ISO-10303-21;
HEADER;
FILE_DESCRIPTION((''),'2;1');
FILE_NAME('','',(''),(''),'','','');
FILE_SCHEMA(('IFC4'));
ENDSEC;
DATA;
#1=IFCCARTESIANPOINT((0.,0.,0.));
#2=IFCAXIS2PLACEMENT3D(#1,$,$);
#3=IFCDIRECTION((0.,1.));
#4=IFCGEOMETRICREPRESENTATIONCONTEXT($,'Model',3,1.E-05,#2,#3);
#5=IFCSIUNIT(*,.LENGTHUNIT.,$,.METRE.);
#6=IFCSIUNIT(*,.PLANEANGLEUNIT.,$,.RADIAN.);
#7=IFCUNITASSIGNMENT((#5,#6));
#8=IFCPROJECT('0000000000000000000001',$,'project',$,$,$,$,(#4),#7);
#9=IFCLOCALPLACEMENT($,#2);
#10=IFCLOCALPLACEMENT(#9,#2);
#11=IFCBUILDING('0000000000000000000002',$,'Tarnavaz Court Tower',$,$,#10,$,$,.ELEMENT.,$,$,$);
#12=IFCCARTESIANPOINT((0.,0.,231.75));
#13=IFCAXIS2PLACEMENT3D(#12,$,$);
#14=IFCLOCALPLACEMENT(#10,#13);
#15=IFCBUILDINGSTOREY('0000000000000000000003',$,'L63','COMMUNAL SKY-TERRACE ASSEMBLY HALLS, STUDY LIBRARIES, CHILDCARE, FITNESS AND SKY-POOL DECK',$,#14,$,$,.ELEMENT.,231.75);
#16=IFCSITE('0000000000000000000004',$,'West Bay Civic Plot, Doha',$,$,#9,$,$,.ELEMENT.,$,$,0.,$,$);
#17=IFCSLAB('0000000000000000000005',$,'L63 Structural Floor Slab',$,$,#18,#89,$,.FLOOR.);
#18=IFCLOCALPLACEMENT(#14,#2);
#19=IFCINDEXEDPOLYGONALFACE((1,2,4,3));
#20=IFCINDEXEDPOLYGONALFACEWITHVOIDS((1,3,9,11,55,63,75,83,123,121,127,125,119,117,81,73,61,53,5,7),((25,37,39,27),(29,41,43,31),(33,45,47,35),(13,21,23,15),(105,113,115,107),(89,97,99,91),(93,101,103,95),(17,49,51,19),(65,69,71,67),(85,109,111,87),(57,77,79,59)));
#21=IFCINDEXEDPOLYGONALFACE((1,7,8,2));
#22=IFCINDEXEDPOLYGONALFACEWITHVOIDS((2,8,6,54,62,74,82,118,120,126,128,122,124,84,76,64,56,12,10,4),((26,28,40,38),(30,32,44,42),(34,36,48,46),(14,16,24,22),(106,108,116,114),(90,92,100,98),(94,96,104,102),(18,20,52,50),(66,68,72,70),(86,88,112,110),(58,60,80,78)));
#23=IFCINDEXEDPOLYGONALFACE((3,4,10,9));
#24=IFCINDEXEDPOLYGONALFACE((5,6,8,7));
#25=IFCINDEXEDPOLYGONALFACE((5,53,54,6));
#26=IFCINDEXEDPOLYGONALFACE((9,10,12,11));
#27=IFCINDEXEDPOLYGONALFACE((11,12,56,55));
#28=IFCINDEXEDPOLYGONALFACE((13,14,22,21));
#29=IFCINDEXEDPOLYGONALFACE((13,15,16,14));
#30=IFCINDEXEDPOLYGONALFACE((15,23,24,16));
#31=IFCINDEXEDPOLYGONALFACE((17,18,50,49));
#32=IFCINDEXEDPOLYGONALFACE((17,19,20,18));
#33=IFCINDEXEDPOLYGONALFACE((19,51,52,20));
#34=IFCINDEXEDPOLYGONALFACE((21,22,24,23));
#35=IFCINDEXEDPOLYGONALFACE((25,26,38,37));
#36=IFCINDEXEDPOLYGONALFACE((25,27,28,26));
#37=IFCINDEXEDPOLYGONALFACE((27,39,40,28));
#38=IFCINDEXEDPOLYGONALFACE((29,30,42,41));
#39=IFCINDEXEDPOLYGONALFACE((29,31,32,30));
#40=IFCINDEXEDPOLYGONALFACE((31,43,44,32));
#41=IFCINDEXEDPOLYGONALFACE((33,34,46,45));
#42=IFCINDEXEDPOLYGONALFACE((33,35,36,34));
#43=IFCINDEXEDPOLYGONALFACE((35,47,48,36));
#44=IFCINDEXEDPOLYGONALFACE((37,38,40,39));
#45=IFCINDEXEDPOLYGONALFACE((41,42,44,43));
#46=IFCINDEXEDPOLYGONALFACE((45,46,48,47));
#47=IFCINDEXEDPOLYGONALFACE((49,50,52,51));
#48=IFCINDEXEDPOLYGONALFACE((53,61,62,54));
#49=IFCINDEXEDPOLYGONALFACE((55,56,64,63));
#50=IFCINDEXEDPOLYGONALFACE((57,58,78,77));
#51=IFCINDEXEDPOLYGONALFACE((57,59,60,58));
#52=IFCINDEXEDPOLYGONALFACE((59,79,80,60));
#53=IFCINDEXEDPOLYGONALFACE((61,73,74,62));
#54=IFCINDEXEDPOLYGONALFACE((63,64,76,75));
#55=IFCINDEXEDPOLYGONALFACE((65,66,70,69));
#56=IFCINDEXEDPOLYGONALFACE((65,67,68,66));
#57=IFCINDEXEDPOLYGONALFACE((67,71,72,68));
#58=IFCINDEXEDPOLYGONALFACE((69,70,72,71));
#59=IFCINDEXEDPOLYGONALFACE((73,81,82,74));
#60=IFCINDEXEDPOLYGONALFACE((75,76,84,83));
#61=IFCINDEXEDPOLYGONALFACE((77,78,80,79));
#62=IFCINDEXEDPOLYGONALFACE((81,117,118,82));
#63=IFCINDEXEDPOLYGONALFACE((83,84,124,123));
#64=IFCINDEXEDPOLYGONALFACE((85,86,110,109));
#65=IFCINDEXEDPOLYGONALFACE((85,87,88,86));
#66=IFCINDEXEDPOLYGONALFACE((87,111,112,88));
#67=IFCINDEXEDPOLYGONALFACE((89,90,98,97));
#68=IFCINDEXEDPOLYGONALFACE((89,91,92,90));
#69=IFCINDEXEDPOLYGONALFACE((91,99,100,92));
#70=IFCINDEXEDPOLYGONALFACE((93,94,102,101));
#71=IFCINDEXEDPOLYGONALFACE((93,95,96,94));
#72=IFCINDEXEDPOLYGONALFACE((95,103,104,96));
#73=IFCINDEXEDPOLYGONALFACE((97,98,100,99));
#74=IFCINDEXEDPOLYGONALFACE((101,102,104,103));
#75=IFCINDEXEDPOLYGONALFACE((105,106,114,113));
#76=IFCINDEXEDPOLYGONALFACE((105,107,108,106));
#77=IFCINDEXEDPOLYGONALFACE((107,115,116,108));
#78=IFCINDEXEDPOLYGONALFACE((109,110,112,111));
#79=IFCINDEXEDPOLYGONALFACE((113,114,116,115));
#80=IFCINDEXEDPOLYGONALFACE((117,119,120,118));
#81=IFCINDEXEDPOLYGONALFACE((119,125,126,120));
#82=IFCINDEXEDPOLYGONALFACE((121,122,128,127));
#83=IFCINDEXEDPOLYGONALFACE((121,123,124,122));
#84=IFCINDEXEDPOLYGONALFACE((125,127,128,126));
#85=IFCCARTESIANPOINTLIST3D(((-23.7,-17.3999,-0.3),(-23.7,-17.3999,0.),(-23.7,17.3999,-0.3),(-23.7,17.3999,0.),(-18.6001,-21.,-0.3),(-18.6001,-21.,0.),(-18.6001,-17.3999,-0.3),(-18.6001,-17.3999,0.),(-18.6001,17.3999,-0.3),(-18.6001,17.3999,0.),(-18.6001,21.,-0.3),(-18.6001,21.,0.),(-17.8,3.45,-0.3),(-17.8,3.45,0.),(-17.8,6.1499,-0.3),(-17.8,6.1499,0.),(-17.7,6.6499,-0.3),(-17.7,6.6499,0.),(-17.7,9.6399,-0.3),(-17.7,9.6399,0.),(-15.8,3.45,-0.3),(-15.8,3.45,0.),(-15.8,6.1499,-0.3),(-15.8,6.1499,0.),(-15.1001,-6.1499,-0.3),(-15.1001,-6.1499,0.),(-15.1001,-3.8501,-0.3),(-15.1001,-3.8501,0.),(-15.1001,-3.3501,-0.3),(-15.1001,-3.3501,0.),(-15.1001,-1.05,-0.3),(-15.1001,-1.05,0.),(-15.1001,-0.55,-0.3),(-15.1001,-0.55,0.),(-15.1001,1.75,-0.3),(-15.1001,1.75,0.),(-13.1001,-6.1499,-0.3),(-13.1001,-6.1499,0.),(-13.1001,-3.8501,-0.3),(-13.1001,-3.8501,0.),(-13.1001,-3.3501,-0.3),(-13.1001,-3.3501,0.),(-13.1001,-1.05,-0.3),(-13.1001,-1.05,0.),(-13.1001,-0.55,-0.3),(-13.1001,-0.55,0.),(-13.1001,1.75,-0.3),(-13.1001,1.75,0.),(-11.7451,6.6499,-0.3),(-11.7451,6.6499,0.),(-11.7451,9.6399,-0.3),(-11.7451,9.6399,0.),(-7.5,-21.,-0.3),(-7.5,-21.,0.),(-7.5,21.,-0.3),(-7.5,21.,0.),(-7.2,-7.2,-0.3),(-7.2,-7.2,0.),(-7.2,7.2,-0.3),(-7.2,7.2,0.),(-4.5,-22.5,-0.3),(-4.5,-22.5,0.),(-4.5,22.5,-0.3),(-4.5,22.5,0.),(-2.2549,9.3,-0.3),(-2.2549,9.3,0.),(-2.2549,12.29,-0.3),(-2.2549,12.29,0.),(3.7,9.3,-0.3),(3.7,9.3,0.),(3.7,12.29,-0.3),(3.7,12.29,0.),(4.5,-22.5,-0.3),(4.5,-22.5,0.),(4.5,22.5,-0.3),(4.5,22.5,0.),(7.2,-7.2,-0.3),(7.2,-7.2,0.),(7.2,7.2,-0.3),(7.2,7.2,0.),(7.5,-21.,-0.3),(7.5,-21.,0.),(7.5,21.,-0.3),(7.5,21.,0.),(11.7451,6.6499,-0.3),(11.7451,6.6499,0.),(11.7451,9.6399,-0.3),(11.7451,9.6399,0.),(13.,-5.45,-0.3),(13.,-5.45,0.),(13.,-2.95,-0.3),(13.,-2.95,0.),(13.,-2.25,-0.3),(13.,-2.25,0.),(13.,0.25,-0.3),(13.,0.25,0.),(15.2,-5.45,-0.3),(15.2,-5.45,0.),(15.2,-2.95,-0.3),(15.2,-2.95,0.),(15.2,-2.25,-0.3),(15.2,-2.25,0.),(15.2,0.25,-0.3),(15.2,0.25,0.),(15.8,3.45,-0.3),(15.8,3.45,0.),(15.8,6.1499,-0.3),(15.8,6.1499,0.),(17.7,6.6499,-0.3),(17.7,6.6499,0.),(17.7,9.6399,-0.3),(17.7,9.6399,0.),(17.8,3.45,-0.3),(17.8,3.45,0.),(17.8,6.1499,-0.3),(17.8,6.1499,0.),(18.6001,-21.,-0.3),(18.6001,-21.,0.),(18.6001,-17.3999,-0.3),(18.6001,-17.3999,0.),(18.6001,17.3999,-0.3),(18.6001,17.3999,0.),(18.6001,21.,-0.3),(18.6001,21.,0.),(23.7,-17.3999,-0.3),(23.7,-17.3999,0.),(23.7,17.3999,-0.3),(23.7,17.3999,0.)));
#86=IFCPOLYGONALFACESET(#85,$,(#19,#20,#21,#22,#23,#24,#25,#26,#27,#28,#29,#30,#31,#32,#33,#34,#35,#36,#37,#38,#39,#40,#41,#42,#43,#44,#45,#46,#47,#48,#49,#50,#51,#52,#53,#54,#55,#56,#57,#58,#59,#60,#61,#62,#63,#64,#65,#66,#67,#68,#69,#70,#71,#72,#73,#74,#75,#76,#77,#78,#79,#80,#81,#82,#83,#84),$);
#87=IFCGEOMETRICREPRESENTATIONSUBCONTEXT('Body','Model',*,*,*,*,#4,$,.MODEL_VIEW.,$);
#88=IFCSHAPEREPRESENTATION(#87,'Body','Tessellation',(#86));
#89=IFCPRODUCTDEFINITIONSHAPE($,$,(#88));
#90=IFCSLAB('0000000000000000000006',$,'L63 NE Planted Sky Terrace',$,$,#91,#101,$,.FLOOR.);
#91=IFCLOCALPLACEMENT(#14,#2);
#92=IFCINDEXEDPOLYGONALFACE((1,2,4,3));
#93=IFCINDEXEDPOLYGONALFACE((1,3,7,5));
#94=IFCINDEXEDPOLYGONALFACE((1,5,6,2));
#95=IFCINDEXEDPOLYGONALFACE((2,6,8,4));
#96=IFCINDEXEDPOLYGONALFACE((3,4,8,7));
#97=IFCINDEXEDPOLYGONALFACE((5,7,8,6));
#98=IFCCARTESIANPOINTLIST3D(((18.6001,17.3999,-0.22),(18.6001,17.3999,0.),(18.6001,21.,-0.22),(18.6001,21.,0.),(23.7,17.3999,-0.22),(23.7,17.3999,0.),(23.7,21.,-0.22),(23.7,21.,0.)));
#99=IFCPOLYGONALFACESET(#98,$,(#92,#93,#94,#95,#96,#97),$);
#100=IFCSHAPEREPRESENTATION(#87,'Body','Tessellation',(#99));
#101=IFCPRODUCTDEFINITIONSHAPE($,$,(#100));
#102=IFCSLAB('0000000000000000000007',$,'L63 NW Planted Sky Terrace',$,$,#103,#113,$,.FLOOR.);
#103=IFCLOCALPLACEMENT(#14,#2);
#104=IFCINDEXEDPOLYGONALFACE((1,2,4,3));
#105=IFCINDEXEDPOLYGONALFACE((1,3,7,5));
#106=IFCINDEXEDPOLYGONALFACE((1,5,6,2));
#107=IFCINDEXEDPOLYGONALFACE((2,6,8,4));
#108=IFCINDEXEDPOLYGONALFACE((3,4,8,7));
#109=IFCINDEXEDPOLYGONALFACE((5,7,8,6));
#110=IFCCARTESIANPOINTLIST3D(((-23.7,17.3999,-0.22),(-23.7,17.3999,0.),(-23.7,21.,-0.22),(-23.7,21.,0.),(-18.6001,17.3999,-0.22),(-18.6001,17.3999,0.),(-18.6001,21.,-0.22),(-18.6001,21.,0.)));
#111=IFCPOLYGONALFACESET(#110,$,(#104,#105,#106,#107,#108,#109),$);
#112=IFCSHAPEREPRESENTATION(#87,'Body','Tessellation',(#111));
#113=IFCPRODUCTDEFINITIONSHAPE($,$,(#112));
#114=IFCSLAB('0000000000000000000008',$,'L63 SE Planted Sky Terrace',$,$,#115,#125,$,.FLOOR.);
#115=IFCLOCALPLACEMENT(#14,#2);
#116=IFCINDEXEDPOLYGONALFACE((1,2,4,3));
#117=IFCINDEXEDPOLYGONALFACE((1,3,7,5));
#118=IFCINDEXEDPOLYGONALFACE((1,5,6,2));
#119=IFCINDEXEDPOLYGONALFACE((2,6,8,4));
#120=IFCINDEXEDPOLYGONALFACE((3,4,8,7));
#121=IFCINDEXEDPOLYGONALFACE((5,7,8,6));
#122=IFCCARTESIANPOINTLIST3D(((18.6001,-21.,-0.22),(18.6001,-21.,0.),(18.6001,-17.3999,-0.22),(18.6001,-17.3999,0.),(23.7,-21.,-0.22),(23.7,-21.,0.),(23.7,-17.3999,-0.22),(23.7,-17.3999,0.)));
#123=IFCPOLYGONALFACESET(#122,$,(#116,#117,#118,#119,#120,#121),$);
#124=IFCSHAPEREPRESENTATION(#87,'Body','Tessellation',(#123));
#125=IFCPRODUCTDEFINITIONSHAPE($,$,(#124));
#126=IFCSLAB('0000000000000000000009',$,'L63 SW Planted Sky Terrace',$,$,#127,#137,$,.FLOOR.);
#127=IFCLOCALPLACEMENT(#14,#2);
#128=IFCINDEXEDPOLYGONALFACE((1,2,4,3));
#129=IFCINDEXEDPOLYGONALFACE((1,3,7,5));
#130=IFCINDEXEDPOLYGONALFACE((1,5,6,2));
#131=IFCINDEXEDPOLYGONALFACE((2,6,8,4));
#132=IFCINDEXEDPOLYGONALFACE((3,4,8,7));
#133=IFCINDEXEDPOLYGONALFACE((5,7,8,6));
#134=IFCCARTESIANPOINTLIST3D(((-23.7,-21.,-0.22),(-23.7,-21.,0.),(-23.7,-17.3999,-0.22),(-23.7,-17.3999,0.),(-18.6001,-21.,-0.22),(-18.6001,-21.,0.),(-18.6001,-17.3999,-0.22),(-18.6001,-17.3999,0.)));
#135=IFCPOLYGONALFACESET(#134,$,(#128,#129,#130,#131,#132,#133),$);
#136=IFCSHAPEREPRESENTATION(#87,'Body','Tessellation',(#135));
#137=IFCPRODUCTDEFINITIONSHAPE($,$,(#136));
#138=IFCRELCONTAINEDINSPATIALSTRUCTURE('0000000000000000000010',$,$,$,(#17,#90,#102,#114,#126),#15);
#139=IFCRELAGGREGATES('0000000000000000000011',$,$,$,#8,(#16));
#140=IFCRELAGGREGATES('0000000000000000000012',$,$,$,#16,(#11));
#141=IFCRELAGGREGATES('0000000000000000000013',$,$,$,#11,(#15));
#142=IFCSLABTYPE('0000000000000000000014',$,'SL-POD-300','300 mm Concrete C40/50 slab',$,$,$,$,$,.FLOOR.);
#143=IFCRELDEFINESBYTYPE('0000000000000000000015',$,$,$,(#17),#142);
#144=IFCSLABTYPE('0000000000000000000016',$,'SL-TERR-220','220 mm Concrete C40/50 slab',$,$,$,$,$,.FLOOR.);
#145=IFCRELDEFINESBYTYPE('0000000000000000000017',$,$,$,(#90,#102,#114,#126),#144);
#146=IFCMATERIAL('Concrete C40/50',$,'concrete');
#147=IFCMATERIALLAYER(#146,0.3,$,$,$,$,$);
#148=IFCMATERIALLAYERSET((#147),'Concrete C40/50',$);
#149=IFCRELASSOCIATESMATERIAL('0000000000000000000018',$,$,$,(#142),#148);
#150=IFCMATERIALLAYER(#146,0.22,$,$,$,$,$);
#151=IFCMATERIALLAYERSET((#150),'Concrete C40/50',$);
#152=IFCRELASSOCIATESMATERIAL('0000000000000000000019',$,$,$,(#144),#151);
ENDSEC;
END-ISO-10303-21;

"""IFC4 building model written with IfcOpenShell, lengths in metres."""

from ifc_helpers import new_model, si_unit, direction, frame, origin, place, context, subcontext, project, spatial, polyline, outline, extrude, material, layer, layer_set, type_object, element, save


model = new_model("IFC4")

# Units and contexts
model_context = context("Model", 3, precision=1e-05, world=origin(), true_north=direction((0.0, 1.0)))
body_context = subcontext(model_context, "Body", "Model", "MODEL_VIEW")
ifc_project = project(units=[si_unit("LENGTHUNIT", "METRE"), si_unit("PLANEANGLEUNIT", "RADIAN")], contexts=[model_context])

# Site, building, storey
site_placement = place(None, origin())
site = spatial("IfcSite", under=ifc_project, at=site_placement, Name="West Bay Civic Plot, Doha", CompositionType="ELEMENT", RefElevation=0.0)
building_placement = place(site_placement, origin())
building = spatial("IfcBuilding", under=site, at=building_placement, Name="Tarnavaz Court Tower", CompositionType="ELEMENT")
storey_placement = place(building_placement, frame((0.0, 0.0, 231.75)))
storey = spatial("IfcBuildingStorey", under=building, at=storey_placement, Name="L63", Description="COMMUNAL SKY-TERRACE ASSEMBLY HALLS, STUDY LIBRARIES, CHILDCARE, FITNESS AND SKY-POOL DECK", CompositionType="ELEMENT", Elevation=231.75)

# Shared definitions
ifc_material_1 = material(Name="Concrete C40/50", Category="concrete")

# Slabs
ifc_layer_1 = layer(ifc_material_1, 0.3)
ifc_layer_set_1 = layer_set([ifc_layer_1], Name="Concrete C40/50")
slab_type_1 = type_object("IfcSlabType", Name="SL-POD-300", Description="300 mm Concrete C40/50 slab", PredefinedType="FLOOR", material=ifc_layer_set_1)
slab_1_placement = place(storey_placement, frame((0.0, 0.0, -0.3)))
element("IfcSlab", 1, at=slab_1_placement, inside=storey, type_object=slab_type_1, Name="L63 Structural Floor Slab", PredefinedType="FLOOR", context=body_context, shape_type="SweptSolid", body=[
    extrude(outline(polyline([(-18.6001, -21.0), (-7.5, -21.0), (-4.5, -22.5), (4.5, -22.5), (7.5, -21.0), (18.6001, -21.0), (18.6001, -17.3999), (23.7, -17.3999), (23.7, 17.3999), (18.6001, 17.3999), (18.6001, 21.0), (7.5, 21.0), (4.5, 22.5), (-4.5, 22.5), (-7.5, 21.0), (-18.6001, 21.0), (-18.6001, 17.3999), (-23.7, 17.3999), (-23.7, -17.3999), (-18.6001, -17.3999), (-18.6001, -21.0)]), holes=[polyline([(-7.2, -7.2), (7.2, -7.2), (7.2, 7.2), (-7.2, 7.2), (-7.2, -7.2)]), polyline([(-11.7451, 9.6399), (-17.7, 9.6399), (-17.7, 6.6499), (-11.7451, 6.6499), (-11.7451, 9.6399)]), polyline([(11.7451, 6.6499), (17.7, 6.6499), (17.7, 9.6399), (11.7451, 9.6399), (11.7451, 6.6499)]), polyline([(-2.2549, 9.3), (3.7, 9.3), (3.7, 12.29), (-2.2549, 12.29), (-2.2549, 9.3)]), polyline([(-17.8, 3.45), (-15.8, 3.45), (-15.8, 6.1499), (-17.8, 6.1499), (-17.8, 3.45)]), polyline([(-15.1001, -6.1499), (-13.1001, -6.1499), (-13.1001, -3.8501), (-15.1001, -3.8501), (-15.1001, -6.1499)]), polyline([(-15.1001, -3.3501), (-13.1001, -3.3501), (-13.1001, -1.05), (-15.1001, -1.05), (-15.1001, -3.3501)]), polyline([(-15.1001, -0.55), (-13.1001, -0.55), (-13.1001, 1.75), (-15.1001, 1.75), (-15.1001, -0.55)]), polyline([(15.8, 3.45), (17.8, 3.45), (17.8, 6.1499), (15.8, 6.1499), (15.8, 3.45)]), polyline([(13.0, -5.45), (15.2, -5.45), (15.2, -2.95), (13.0, -2.95), (13.0, -5.45)]), polyline([(13.0, -2.25), (15.2, -2.25), (15.2, 0.25), (13.0, 0.25), (13.0, -2.25)])]), origin(), (0.0, 0.0, 1.0), 0.3),
])
ifc_layer_2 = layer(ifc_material_1, 0.22)
ifc_layer_set_2 = layer_set([ifc_layer_2], Name="Concrete C40/50")
slab_type_2 = type_object("IfcSlabType", Name="SL-TERR-220", Description="220 mm Concrete C40/50 slab", PredefinedType="FLOOR", material=ifc_layer_set_2)
slab_2_placement = place(storey_placement, frame((0.0, 0.0, -0.22)))
element("IfcSlab", 2, at=slab_2_placement, inside=storey, type_object=slab_type_2, Name="L63 NE Planted Sky Terrace", PredefinedType="FLOOR", context=body_context, shape_type="SweptSolid", body=[
    extrude(outline(polyline([(18.6001, 17.3999), (23.7, 17.3999), (23.7, 21.0), (18.6001, 21.0), (18.6001, 17.3999)])), origin(), (0.0, 0.0, 1.0), 0.22),
])
slab_3_placement = place(storey_placement, frame((0.0, 0.0, -0.22)))
element("IfcSlab", 3, at=slab_3_placement, inside=storey, type_object=slab_type_2, Name="L63 NW Planted Sky Terrace", PredefinedType="FLOOR", context=body_context, shape_type="SweptSolid", body=[
    extrude(outline(polyline([(-23.7, 17.3999), (-18.6001, 17.3999), (-18.6001, 21.0), (-23.7, 21.0), (-23.7, 17.3999)])), origin(), (0.0, 0.0, 1.0), 0.22),
])
slab_4_placement = place(storey_placement, frame((0.0, 0.0, -0.22)))
element("IfcSlab", 4, at=slab_4_placement, inside=storey, type_object=slab_type_2, Name="L63 SE Planted Sky Terrace", PredefinedType="FLOOR", context=body_context, shape_type="SweptSolid", body=[
    extrude(outline(polyline([(18.6001, -21.0), (23.7, -21.0), (23.7, -17.3999), (18.6001, -17.3999), (18.6001, -21.0)])), origin(), (0.0, 0.0, 1.0), 0.22),
])
slab_5_placement = place(storey_placement, frame((0.0, 0.0, -0.22)))
element("IfcSlab", 5, at=slab_5_placement, inside=storey, type_object=slab_type_2, Name="L63 SW Planted Sky Terrace", PredefinedType="FLOOR", context=body_context, shape_type="SweptSolid", body=[
    extrude(outline(polyline([(-23.7, -21.0), (-18.6001, -21.0), (-18.6001, -17.3999), (-23.7, -17.3999), (-23.7, -21.0)])), origin(), (0.0, 0.0, 1.0), 0.22),
])

save(model, "model.ifc")
